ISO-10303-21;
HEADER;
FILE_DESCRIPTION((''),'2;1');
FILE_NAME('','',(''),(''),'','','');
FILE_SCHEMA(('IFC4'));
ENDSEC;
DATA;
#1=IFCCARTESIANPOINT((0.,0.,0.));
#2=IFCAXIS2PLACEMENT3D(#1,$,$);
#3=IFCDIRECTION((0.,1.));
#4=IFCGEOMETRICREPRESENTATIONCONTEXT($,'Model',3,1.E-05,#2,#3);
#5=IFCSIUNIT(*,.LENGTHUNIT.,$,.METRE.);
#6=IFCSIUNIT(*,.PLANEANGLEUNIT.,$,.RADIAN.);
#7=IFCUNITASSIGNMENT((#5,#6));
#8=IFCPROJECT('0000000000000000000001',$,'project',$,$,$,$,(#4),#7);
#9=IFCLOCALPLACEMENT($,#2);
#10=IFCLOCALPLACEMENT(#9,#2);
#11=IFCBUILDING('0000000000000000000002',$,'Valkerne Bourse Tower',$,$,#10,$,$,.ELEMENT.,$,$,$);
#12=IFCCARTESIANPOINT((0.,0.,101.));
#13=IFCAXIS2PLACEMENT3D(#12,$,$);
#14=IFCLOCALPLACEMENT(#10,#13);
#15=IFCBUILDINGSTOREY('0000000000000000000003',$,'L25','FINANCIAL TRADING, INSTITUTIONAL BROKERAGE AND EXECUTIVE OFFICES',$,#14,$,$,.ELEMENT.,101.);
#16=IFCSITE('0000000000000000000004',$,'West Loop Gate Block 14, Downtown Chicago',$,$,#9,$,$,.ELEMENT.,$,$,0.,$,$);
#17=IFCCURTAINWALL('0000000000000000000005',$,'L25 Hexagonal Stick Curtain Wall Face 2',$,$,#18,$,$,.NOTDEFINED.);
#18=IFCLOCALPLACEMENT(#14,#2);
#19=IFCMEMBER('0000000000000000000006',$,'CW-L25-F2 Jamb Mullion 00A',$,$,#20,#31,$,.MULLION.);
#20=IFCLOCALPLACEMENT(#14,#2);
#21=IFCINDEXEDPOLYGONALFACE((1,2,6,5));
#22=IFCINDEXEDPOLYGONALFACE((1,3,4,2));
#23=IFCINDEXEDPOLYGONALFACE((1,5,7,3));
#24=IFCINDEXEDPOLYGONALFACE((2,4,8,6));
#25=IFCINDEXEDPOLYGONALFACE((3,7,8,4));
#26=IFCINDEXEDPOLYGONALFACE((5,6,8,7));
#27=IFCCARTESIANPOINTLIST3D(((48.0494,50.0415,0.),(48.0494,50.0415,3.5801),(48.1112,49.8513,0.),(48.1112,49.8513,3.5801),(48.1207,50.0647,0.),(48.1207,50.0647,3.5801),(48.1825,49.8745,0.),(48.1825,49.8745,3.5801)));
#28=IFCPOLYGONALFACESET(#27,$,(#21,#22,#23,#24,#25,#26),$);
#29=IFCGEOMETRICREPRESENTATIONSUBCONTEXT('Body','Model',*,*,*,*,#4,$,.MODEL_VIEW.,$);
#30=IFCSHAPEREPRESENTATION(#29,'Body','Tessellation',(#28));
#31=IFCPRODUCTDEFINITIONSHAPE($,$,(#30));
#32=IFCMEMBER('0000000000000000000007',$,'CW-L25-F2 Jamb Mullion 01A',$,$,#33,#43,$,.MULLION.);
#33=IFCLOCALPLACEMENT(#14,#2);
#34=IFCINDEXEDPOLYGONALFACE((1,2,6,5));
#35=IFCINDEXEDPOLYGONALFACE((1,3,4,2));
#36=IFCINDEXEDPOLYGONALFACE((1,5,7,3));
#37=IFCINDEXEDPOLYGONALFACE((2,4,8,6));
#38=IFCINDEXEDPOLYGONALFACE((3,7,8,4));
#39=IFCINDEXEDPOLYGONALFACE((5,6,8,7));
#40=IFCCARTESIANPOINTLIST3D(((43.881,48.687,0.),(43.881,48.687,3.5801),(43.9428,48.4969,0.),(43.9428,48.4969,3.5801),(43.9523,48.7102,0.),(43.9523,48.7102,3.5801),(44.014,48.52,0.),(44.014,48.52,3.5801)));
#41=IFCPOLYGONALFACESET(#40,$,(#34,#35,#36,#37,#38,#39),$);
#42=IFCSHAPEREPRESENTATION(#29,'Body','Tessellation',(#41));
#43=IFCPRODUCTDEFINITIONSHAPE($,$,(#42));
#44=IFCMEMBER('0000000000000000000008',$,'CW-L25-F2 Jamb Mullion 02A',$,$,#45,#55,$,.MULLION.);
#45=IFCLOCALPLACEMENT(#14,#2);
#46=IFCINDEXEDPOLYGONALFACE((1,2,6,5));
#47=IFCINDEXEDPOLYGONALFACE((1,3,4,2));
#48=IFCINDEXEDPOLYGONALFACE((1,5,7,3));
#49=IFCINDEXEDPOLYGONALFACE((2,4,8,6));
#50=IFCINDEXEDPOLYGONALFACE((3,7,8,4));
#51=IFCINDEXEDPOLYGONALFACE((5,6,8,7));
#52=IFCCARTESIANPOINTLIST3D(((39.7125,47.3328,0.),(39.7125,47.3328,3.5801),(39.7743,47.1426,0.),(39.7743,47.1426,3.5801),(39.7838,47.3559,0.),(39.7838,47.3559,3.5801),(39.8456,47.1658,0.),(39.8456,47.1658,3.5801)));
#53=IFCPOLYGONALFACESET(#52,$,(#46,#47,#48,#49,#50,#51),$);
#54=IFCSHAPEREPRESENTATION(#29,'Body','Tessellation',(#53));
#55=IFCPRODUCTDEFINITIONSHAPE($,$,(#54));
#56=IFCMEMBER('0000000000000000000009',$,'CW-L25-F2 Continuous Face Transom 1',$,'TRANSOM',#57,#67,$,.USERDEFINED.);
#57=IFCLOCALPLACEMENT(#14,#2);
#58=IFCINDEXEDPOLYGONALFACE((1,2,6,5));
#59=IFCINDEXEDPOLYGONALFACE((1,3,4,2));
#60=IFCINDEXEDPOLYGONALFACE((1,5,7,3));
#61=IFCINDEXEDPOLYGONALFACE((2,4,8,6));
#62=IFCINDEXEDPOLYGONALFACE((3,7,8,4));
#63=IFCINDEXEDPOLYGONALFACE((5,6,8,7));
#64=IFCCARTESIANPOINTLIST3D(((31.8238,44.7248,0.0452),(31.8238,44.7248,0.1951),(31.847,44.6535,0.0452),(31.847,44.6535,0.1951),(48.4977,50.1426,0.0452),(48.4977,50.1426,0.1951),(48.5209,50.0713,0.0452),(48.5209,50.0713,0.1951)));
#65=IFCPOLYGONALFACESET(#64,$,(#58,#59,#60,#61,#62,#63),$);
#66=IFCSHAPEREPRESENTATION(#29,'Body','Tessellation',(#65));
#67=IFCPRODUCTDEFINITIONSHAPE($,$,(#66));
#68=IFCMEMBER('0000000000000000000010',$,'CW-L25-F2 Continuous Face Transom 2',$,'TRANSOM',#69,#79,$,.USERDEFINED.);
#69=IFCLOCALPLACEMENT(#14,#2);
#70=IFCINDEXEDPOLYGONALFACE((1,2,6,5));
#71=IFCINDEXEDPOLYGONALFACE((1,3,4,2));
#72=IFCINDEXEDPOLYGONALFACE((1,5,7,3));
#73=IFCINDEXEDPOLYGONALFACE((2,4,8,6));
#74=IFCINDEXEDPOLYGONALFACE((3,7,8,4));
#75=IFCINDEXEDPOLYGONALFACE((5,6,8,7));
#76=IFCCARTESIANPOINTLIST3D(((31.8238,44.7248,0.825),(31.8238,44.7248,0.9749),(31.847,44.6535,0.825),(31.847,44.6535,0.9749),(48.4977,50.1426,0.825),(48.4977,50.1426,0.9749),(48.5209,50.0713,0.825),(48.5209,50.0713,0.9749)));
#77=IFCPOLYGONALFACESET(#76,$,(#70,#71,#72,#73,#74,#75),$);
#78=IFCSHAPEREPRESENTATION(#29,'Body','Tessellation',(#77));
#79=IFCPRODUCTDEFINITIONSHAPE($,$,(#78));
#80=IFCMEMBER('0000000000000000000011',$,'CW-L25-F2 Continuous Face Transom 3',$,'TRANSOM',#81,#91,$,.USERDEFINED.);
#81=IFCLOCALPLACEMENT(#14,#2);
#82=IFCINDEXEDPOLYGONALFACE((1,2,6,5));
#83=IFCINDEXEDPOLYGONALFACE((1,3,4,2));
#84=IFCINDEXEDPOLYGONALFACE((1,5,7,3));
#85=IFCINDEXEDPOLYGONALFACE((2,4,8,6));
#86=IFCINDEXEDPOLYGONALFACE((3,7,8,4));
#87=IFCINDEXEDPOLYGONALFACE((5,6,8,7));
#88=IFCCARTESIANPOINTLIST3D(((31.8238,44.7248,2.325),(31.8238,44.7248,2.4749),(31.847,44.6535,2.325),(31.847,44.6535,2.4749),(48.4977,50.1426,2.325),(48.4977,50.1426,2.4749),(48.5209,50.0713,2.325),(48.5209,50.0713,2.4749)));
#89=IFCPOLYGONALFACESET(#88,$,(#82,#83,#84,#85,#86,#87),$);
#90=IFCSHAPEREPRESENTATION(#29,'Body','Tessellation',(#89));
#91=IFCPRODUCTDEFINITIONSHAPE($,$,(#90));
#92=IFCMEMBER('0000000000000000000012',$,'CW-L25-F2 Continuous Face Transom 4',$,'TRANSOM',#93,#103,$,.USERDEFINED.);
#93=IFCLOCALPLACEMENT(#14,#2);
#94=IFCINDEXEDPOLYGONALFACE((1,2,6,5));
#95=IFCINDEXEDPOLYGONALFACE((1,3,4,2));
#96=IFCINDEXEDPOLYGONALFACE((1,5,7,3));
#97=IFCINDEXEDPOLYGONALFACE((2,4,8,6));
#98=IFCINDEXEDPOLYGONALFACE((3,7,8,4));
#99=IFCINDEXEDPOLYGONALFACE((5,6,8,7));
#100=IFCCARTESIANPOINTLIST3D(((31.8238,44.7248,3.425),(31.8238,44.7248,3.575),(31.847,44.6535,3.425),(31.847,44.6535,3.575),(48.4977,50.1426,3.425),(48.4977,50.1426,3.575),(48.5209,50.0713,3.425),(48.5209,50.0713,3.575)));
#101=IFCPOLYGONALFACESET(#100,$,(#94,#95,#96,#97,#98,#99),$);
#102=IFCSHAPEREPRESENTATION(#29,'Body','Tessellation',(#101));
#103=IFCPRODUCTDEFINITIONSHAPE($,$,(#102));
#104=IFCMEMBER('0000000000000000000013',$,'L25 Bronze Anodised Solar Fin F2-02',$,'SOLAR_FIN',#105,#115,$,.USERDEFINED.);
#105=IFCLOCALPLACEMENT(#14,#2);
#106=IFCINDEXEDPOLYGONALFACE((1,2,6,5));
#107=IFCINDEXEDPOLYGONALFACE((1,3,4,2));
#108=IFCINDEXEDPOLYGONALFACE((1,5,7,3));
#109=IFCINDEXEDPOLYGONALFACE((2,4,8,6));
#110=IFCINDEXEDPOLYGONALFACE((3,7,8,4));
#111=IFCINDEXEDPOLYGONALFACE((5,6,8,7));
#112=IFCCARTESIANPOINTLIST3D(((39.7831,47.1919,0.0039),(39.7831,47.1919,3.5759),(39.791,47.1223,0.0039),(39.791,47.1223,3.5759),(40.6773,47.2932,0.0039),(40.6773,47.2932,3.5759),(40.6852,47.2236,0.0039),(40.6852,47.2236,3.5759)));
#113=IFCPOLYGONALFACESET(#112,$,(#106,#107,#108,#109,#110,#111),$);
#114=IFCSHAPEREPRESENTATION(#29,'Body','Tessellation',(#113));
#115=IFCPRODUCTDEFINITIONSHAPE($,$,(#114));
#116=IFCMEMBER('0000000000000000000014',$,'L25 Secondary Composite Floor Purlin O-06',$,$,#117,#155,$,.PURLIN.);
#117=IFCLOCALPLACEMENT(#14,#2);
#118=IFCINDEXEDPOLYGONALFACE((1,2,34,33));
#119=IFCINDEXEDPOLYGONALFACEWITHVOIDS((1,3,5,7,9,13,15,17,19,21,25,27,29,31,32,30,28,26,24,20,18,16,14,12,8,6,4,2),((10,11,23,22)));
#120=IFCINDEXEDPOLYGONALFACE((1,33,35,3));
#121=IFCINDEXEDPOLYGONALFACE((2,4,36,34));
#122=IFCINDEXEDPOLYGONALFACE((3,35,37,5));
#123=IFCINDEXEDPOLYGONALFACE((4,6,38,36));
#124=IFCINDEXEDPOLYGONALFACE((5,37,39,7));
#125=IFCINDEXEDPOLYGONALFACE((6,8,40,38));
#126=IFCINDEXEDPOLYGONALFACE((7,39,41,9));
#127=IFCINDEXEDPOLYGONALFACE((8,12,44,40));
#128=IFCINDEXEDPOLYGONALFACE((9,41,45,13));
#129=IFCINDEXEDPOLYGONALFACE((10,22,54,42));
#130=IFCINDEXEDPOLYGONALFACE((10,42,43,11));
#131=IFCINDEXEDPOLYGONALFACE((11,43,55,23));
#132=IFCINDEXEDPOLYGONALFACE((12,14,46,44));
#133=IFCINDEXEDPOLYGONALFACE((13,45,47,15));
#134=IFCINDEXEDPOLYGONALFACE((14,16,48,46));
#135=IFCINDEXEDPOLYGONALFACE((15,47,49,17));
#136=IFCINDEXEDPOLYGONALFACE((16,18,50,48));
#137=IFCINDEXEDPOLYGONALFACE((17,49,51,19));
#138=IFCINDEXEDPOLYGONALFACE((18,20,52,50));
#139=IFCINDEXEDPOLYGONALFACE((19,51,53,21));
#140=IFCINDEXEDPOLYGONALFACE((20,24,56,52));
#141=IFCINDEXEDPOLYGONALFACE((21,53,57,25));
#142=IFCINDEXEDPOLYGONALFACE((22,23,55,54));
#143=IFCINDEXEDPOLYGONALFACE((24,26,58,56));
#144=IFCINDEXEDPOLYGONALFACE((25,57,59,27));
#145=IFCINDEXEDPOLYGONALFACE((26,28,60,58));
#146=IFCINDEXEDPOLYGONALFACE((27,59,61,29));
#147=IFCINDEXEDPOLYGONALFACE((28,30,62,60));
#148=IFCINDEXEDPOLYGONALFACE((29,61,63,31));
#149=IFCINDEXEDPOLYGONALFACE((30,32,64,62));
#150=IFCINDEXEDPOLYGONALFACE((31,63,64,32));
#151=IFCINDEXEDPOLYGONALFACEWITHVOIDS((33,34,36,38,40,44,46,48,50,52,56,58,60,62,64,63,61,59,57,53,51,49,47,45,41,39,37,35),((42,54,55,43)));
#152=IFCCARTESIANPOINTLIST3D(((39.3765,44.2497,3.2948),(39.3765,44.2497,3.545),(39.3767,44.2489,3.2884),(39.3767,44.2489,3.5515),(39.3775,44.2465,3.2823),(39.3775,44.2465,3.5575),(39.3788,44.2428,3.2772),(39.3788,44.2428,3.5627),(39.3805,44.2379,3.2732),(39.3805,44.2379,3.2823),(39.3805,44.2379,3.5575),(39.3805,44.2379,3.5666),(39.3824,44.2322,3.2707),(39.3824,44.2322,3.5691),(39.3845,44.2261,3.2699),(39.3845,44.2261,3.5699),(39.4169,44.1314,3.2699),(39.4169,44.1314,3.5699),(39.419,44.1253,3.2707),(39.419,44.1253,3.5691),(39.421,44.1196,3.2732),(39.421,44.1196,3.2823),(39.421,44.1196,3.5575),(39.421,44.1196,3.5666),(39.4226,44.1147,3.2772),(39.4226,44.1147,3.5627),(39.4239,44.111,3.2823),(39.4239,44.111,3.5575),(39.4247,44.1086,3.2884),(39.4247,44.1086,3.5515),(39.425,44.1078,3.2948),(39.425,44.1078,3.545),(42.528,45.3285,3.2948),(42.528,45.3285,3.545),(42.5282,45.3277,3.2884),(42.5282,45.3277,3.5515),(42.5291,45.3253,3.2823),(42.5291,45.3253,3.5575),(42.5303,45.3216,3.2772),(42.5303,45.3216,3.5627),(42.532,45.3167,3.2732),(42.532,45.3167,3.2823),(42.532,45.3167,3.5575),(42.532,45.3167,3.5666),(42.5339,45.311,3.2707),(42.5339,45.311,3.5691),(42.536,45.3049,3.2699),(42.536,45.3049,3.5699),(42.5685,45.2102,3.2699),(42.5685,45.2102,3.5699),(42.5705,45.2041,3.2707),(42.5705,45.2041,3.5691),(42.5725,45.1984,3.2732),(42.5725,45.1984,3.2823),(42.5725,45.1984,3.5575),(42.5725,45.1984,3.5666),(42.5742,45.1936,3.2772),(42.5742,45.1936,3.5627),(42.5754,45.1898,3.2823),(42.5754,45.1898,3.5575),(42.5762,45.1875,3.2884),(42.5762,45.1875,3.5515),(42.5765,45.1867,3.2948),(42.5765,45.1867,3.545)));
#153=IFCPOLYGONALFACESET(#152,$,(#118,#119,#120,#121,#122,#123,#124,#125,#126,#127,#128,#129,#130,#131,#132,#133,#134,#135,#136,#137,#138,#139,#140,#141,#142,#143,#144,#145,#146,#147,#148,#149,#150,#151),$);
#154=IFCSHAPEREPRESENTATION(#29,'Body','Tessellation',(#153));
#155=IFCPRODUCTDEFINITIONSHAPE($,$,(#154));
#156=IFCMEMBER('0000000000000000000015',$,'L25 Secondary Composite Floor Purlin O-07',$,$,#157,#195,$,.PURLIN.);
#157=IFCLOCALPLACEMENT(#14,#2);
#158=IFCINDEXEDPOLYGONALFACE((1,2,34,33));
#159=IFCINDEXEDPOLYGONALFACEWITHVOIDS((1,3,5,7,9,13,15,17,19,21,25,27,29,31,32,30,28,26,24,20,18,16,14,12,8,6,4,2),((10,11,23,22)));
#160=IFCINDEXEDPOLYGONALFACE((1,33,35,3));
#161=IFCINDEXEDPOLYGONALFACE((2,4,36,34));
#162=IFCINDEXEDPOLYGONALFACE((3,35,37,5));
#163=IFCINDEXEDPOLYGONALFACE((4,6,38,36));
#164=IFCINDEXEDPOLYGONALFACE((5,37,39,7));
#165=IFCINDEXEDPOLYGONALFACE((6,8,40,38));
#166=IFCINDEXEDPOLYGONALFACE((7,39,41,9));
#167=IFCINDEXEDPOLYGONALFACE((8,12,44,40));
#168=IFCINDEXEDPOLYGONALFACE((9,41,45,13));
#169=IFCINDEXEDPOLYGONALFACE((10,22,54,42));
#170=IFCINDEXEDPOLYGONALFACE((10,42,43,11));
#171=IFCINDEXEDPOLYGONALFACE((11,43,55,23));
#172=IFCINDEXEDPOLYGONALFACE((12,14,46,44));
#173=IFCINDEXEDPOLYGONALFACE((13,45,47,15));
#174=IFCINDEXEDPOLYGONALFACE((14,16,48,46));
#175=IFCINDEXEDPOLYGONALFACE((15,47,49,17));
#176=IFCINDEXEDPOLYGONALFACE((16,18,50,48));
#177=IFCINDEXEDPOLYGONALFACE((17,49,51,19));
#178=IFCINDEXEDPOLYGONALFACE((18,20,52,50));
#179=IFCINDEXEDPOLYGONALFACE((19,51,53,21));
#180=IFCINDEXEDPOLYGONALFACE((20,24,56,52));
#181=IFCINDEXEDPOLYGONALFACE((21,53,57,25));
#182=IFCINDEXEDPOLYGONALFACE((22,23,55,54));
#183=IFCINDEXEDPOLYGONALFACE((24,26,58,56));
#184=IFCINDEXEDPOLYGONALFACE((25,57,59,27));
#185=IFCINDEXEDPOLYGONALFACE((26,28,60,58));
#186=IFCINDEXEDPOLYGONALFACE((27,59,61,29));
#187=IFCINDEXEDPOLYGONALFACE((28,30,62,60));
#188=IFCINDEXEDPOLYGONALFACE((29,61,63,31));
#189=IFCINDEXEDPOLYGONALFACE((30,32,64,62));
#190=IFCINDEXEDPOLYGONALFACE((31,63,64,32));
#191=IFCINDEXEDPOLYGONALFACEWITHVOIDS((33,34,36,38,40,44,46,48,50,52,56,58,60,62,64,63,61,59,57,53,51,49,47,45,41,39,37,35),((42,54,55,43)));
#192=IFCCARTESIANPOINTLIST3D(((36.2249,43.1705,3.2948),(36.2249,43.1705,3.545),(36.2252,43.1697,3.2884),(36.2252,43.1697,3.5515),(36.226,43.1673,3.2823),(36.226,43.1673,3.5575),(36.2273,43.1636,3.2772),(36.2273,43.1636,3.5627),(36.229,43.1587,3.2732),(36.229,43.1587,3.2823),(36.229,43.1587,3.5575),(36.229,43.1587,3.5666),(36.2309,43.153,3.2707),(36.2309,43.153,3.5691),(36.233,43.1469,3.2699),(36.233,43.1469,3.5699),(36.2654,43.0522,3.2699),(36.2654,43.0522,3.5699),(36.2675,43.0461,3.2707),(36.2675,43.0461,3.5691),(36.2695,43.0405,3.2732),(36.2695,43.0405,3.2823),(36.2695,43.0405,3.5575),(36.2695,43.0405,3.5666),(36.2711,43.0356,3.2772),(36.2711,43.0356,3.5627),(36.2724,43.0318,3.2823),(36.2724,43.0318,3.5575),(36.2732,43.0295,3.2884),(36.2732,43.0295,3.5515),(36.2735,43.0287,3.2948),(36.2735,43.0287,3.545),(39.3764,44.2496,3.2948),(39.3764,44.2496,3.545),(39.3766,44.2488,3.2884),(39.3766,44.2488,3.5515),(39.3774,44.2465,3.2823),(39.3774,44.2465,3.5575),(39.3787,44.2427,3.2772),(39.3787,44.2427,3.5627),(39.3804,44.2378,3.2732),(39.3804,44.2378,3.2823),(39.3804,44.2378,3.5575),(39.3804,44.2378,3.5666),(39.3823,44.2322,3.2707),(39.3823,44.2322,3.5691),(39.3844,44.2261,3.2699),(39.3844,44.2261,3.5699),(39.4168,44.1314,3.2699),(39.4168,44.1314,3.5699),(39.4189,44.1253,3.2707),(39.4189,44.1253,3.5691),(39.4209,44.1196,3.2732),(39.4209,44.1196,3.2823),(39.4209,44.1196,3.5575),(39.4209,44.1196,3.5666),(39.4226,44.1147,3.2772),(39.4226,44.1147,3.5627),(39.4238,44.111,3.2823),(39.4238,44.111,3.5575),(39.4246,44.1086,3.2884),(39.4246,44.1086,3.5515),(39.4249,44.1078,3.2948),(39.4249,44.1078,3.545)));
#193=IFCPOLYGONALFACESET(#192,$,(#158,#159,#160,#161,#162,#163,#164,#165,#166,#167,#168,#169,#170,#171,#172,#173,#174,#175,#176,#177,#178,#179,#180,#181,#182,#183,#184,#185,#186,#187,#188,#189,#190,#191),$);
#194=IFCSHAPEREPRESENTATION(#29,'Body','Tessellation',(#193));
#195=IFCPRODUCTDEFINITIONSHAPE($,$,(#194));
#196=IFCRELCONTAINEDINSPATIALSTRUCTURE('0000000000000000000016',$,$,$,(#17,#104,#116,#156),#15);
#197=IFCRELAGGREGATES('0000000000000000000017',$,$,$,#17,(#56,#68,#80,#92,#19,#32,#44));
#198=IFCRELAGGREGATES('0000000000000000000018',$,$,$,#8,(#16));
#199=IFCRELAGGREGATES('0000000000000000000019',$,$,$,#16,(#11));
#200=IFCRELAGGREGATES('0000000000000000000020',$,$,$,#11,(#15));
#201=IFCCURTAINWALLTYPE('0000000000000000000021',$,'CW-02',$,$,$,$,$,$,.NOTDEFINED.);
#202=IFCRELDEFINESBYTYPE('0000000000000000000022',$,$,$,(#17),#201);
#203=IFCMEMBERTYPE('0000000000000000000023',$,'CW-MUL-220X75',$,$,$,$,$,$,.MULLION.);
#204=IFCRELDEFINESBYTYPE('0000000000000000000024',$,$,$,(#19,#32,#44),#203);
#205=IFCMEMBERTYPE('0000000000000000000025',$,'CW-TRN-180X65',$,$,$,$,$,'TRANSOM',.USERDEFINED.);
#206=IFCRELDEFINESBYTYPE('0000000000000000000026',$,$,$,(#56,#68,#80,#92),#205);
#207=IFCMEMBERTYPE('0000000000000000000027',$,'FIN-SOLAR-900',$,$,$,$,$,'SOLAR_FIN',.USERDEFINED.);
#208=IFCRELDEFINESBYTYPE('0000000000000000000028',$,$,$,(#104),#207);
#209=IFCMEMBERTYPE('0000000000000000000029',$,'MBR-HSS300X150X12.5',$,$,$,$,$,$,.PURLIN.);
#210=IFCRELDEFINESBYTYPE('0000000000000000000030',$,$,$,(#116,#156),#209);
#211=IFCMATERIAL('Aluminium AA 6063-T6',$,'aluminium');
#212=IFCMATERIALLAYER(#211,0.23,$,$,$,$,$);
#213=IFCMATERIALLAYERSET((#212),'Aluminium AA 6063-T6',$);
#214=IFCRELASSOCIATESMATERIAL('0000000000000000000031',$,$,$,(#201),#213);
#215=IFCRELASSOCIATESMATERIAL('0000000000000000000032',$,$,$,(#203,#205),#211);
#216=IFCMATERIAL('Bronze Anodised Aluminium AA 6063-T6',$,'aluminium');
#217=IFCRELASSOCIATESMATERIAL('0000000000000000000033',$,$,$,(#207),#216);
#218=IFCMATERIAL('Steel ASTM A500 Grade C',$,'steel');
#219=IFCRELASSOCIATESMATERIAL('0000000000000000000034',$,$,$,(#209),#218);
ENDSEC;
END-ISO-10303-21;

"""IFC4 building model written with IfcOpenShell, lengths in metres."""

from ifc_helpers import new_model, si_unit, direction, frame, origin, origin_2d, place, context, subcontext, project, spatial, rectangle, hollow_rectangle, extrude, material, layer, layer_set, material_profile, profile_set, type_object, element, aggregate, save


model = new_model("IFC4")

# Units and contexts
model_context = context("Model", 3, precision=1e-05, world=origin(), true_north=direction((0.0, 1.0)))
body_context = subcontext(model_context, "Body", "Model", "MODEL_VIEW")
ifc_project = project(units=[si_unit("LENGTHUNIT", "METRE"), si_unit("PLANEANGLEUNIT", "RADIAN")], contexts=[model_context])

# Site, building, storey
site_placement = place(None, origin())
site = spatial("IfcSite", under=ifc_project, at=site_placement, Name="West Loop Gate Block 14, Downtown Chicago", CompositionType="ELEMENT", RefElevation=0.0)
building_placement = place(site_placement, origin())
building = spatial("IfcBuilding", under=site, at=building_placement, Name="Valkerne Bourse Tower", CompositionType="ELEMENT")
storey_placement = place(building_placement, frame((0.0, 0.0, 101.0)))
storey = spatial("IfcBuildingStorey", under=building, at=storey_placement, Name="L25", Description="FINANCIAL TRADING, INSTITUTIONAL BROKERAGE AND EXECUTIVE OFFICES", CompositionType="ELEMENT", Elevation=101.0)

# Curtain wall, members
ifc_material_1 = material(Name="Aluminium AA 6063-T6", Category="aluminium")
ifc_layer_1 = layer(ifc_material_1, 0.23)
ifc_layer_set_1 = layer_set([ifc_layer_1], Name="Aluminium AA 6063-T6")
curtain_wall_type = type_object("IfcCurtainWallType", Name="CW-02", PredefinedType="NOTDEFINED", material=ifc_layer_set_1)
curtain_wall_placement = place(storey_placement, origin())
curtain_wall = element("IfcCurtainWall", 1, at=curtain_wall_placement, inside=storey, type_object=curtain_wall_type, Name="L25 Hexagonal Stick Curtain Wall Face 2", PredefinedType="NOTDEFINED")
ifc_material_profile_1 = material_profile(ifc_material_1, rectangle(XDim=0.075, YDim=0.2, at=origin_2d()), Name="CWM-75X200")
ifc_profile_set_1 = profile_set([ifc_material_profile_1], Name="Aluminium AA 6063-T6")
member_type_1 = type_object("IfcMemberType", Name="CW-MUL-220X75", PredefinedType="MULLION", material=ifc_profile_set_1)
member_1_placement = place(storey_placement, frame((48.116, 49.958, 0.0), z_axis=(0.0, 0.0, 1.0), x_axis=(-0.951052, -0.309032, 0.0)))
member_1 = element("IfcMember", 2, at=member_1_placement, type_object=member_type_1, Name="CW-L25-F2 Jamb Mullion 00A", PredefinedType="MULLION", context=body_context, shape_type="SweptSolid", body=[
    extrude(rectangle(XDim=0.075, YDim=0.2, at=origin_2d()), origin(), (0.0, 0.0, 1.0), 3.5801),
])
member_2_placement = place(storey_placement, frame((43.9475, 48.6035, 0.0), z_axis=(0.0, 0.0, 1.0), x_axis=(-0.951058, -0.309011, 0.0)))
member_2 = element("IfcMember", 3, at=member_2_placement, type_object=member_type_1, Name="CW-L25-F2 Jamb Mullion 01A", PredefinedType="MULLION", context=body_context, shape_type="SweptSolid", body=[
    extrude(rectangle(XDim=0.075, YDim=0.2, at=origin_2d()), origin(), (0.0, 0.0, 1.0), 3.5801),
])
member_3_placement = place(storey_placement, frame((39.7791, 47.2493, 0.0), z_axis=(0.0, 0.0, 1.0), x_axis=(-0.951056, -0.309018, 0.0)))
member_3 = element("IfcMember", 4, at=member_3_placement, type_object=member_type_1, Name="CW-L25-F2 Jamb Mullion 02A", PredefinedType="MULLION", context=body_context, shape_type="SweptSolid", body=[
    extrude(rectangle(XDim=0.075, YDim=0.2, at=origin_2d()), origin(), (0.0, 0.0, 1.0), 3.5801),
])
ifc_material_profile_2 = material_profile(ifc_material_1, rectangle(XDim=0.075, YDim=0.1499, at=origin_2d()), Name="CWT-75X150")
ifc_profile_set_2 = profile_set([ifc_material_profile_2], Name="Aluminium AA 6063-T6")
member_type_2 = type_object("IfcMemberType", Name="CW-TRN-180X65", ElementType="TRANSOM", PredefinedType="USERDEFINED", material=ifc_profile_set_2)
member_4_placement = place(storey_placement, frame((48.5093, 50.1069, 0.1201), z_axis=(-0.951055, -0.309021, 0.0), x_axis=(0.309021, -0.951055, 0.0)))
member_4 = element("IfcMember", 5, at=member_4_placement, type_object=member_type_2, Name="CW-L25-F2 Continuous Face Transom 1", ObjectType="TRANSOM", PredefinedType="USERDEFINED", context=body_context, shape_type="SweptSolid", body=[
    extrude(rectangle(XDim=0.075, YDim=0.1499, at=origin_2d()), origin(), (0.0, 0.0, 1.0), 17.532),
])
member_5_placement = place(storey_placement, frame((48.5093, 50.1069, 0.8999), z_axis=(-0.951055, -0.309021, 0.0), x_axis=(0.309021, -0.951055, 0.0)))
member_5 = element("IfcMember", 6, at=member_5_placement, type_object=member_type_2, Name="CW-L25-F2 Continuous Face Transom 2", ObjectType="TRANSOM", PredefinedType="USERDEFINED", context=body_context, shape_type="SweptSolid", body=[
    extrude(rectangle(XDim=0.075, YDim=0.1499, at=origin_2d()), origin(), (0.0, 0.0, 1.0), 17.532),
])
member_6_placement = place(storey_placement, frame((48.5093, 50.1069, 2.3999), z_axis=(-0.951055, -0.309021, 0.0), x_axis=(0.309021, -0.951055, 0.0)))
member_6 = element("IfcMember", 7, at=member_6_placement, type_object=member_type_2, Name="CW-L25-F2 Continuous Face Transom 3", ObjectType="TRANSOM", PredefinedType="USERDEFINED", context=body_context, shape_type="SweptSolid", body=[
    extrude(rectangle(XDim=0.075, YDim=0.1499, at=origin_2d()), origin(), (0.0, 0.0, 1.0), 17.532),
])
member_7_placement = place(storey_placement, frame((48.5093, 50.1069, 3.5), z_axis=(-0.951055, -0.309021, 0.0), x_axis=(0.309021, -0.951055, 0.0)))
member_7 = element("IfcMember", 8, at=member_7_placement, type_object=member_type_2, Name="CW-L25-F2 Continuous Face Transom 4", ObjectType="TRANSOM", PredefinedType="USERDEFINED", context=body_context, shape_type="SweptSolid", body=[
    extrude(rectangle(XDim=0.075, YDim=0.1499, at=origin_2d()), origin(), (0.0, 0.0, 1.0), 17.532),
])

# Members
ifc_material_2 = material(Name="Bronze Anodised Aluminium AA 6063-T6", Category="aluminium")
ifc_material_profile_3 = material_profile(ifc_material_2, rectangle(XDim=0.0701, YDim=0.8999, at=origin_2d()), Name="FIN-70X900")
ifc_profile_set_3 = profile_set([ifc_material_profile_3], Name="Bronze Anodised Aluminium AA 6063-T6")
member_type_3 = type_object("IfcMemberType", Name="FIN-SOLAR-900", ElementType="SOLAR_FIN", PredefinedType="USERDEFINED", material=ifc_profile_set_3)
member_8_placement = place(storey_placement, frame((40.2341, 47.2078, 0.0039), z_axis=(0.0, 0.0, 1.0), x_axis=(-0.112549, 0.993646, 0.0)))
element("IfcMember", 9, at=member_8_placement, inside=storey, type_object=member_type_3, Name="L25 Bronze Anodised Solar Fin F2-02", ObjectType="SOLAR_FIN", PredefinedType="USERDEFINED", context=body_context, shape_type="SweptSolid", body=[
    extrude(rectangle(XDim=0.0701, YDim=0.8999, at=origin_2d()), origin(), (0.0, 0.0, 1.0), 3.572),
])
ifc_material_3 = material(Name="Steel ASTM A500 Grade C", Category="steel")
ifc_material_profile_4 = material_profile(ifc_material_3, hollow_rectangle(XDim=0.1499, YDim=0.3, WallThickness=0.0125, OuterFilletRadius=0.0249, at=origin_2d()), Name="HSS300X150X12.5")
ifc_profile_set_4 = profile_set([ifc_material_profile_4], Name="Steel ASTM A500 Grade C")
member_type_4 = type_object("IfcMemberType", Name="MBR-HSS300X150X12.5", PredefinedType="PURLIN", material=ifc_profile_set_4)
for number, where, z_axis, x_axis, name in (
    (10, (42.5522, 45.2576, 3.4199), (-0.946102, -0.323869, 0.0), (0.323869, -0.946102, 0.0), "L25 Secondary Composite Floor Purlin O-06"),
    (11, (39.4006, 44.1787, 3.4199), (-0.946072, -0.323957, 0.0), (0.323957, -0.946072, 0.0), "L25 Secondary Composite Floor Purlin O-07"),
):
    element("IfcMember", number, at=place(storey_placement, frame(where, z_axis=z_axis, x_axis=x_axis)), inside=storey, type_object=member_type_4, Name=name, PredefinedType="PURLIN", context=body_context, shape_type="SweptSolid", body=[
        extrude(hollow_rectangle(XDim=0.1499, YDim=0.3, WallThickness=0.0125, OuterFilletRadius=0.0249, at=origin_2d()), origin(), (0.0, 0.0, 1.0), 3.3311),
    ])

aggregate(curtain_wall, [member_4, member_5, member_6, member_7, member_1, member_2, member_3])

save(model, "model.ifc")
